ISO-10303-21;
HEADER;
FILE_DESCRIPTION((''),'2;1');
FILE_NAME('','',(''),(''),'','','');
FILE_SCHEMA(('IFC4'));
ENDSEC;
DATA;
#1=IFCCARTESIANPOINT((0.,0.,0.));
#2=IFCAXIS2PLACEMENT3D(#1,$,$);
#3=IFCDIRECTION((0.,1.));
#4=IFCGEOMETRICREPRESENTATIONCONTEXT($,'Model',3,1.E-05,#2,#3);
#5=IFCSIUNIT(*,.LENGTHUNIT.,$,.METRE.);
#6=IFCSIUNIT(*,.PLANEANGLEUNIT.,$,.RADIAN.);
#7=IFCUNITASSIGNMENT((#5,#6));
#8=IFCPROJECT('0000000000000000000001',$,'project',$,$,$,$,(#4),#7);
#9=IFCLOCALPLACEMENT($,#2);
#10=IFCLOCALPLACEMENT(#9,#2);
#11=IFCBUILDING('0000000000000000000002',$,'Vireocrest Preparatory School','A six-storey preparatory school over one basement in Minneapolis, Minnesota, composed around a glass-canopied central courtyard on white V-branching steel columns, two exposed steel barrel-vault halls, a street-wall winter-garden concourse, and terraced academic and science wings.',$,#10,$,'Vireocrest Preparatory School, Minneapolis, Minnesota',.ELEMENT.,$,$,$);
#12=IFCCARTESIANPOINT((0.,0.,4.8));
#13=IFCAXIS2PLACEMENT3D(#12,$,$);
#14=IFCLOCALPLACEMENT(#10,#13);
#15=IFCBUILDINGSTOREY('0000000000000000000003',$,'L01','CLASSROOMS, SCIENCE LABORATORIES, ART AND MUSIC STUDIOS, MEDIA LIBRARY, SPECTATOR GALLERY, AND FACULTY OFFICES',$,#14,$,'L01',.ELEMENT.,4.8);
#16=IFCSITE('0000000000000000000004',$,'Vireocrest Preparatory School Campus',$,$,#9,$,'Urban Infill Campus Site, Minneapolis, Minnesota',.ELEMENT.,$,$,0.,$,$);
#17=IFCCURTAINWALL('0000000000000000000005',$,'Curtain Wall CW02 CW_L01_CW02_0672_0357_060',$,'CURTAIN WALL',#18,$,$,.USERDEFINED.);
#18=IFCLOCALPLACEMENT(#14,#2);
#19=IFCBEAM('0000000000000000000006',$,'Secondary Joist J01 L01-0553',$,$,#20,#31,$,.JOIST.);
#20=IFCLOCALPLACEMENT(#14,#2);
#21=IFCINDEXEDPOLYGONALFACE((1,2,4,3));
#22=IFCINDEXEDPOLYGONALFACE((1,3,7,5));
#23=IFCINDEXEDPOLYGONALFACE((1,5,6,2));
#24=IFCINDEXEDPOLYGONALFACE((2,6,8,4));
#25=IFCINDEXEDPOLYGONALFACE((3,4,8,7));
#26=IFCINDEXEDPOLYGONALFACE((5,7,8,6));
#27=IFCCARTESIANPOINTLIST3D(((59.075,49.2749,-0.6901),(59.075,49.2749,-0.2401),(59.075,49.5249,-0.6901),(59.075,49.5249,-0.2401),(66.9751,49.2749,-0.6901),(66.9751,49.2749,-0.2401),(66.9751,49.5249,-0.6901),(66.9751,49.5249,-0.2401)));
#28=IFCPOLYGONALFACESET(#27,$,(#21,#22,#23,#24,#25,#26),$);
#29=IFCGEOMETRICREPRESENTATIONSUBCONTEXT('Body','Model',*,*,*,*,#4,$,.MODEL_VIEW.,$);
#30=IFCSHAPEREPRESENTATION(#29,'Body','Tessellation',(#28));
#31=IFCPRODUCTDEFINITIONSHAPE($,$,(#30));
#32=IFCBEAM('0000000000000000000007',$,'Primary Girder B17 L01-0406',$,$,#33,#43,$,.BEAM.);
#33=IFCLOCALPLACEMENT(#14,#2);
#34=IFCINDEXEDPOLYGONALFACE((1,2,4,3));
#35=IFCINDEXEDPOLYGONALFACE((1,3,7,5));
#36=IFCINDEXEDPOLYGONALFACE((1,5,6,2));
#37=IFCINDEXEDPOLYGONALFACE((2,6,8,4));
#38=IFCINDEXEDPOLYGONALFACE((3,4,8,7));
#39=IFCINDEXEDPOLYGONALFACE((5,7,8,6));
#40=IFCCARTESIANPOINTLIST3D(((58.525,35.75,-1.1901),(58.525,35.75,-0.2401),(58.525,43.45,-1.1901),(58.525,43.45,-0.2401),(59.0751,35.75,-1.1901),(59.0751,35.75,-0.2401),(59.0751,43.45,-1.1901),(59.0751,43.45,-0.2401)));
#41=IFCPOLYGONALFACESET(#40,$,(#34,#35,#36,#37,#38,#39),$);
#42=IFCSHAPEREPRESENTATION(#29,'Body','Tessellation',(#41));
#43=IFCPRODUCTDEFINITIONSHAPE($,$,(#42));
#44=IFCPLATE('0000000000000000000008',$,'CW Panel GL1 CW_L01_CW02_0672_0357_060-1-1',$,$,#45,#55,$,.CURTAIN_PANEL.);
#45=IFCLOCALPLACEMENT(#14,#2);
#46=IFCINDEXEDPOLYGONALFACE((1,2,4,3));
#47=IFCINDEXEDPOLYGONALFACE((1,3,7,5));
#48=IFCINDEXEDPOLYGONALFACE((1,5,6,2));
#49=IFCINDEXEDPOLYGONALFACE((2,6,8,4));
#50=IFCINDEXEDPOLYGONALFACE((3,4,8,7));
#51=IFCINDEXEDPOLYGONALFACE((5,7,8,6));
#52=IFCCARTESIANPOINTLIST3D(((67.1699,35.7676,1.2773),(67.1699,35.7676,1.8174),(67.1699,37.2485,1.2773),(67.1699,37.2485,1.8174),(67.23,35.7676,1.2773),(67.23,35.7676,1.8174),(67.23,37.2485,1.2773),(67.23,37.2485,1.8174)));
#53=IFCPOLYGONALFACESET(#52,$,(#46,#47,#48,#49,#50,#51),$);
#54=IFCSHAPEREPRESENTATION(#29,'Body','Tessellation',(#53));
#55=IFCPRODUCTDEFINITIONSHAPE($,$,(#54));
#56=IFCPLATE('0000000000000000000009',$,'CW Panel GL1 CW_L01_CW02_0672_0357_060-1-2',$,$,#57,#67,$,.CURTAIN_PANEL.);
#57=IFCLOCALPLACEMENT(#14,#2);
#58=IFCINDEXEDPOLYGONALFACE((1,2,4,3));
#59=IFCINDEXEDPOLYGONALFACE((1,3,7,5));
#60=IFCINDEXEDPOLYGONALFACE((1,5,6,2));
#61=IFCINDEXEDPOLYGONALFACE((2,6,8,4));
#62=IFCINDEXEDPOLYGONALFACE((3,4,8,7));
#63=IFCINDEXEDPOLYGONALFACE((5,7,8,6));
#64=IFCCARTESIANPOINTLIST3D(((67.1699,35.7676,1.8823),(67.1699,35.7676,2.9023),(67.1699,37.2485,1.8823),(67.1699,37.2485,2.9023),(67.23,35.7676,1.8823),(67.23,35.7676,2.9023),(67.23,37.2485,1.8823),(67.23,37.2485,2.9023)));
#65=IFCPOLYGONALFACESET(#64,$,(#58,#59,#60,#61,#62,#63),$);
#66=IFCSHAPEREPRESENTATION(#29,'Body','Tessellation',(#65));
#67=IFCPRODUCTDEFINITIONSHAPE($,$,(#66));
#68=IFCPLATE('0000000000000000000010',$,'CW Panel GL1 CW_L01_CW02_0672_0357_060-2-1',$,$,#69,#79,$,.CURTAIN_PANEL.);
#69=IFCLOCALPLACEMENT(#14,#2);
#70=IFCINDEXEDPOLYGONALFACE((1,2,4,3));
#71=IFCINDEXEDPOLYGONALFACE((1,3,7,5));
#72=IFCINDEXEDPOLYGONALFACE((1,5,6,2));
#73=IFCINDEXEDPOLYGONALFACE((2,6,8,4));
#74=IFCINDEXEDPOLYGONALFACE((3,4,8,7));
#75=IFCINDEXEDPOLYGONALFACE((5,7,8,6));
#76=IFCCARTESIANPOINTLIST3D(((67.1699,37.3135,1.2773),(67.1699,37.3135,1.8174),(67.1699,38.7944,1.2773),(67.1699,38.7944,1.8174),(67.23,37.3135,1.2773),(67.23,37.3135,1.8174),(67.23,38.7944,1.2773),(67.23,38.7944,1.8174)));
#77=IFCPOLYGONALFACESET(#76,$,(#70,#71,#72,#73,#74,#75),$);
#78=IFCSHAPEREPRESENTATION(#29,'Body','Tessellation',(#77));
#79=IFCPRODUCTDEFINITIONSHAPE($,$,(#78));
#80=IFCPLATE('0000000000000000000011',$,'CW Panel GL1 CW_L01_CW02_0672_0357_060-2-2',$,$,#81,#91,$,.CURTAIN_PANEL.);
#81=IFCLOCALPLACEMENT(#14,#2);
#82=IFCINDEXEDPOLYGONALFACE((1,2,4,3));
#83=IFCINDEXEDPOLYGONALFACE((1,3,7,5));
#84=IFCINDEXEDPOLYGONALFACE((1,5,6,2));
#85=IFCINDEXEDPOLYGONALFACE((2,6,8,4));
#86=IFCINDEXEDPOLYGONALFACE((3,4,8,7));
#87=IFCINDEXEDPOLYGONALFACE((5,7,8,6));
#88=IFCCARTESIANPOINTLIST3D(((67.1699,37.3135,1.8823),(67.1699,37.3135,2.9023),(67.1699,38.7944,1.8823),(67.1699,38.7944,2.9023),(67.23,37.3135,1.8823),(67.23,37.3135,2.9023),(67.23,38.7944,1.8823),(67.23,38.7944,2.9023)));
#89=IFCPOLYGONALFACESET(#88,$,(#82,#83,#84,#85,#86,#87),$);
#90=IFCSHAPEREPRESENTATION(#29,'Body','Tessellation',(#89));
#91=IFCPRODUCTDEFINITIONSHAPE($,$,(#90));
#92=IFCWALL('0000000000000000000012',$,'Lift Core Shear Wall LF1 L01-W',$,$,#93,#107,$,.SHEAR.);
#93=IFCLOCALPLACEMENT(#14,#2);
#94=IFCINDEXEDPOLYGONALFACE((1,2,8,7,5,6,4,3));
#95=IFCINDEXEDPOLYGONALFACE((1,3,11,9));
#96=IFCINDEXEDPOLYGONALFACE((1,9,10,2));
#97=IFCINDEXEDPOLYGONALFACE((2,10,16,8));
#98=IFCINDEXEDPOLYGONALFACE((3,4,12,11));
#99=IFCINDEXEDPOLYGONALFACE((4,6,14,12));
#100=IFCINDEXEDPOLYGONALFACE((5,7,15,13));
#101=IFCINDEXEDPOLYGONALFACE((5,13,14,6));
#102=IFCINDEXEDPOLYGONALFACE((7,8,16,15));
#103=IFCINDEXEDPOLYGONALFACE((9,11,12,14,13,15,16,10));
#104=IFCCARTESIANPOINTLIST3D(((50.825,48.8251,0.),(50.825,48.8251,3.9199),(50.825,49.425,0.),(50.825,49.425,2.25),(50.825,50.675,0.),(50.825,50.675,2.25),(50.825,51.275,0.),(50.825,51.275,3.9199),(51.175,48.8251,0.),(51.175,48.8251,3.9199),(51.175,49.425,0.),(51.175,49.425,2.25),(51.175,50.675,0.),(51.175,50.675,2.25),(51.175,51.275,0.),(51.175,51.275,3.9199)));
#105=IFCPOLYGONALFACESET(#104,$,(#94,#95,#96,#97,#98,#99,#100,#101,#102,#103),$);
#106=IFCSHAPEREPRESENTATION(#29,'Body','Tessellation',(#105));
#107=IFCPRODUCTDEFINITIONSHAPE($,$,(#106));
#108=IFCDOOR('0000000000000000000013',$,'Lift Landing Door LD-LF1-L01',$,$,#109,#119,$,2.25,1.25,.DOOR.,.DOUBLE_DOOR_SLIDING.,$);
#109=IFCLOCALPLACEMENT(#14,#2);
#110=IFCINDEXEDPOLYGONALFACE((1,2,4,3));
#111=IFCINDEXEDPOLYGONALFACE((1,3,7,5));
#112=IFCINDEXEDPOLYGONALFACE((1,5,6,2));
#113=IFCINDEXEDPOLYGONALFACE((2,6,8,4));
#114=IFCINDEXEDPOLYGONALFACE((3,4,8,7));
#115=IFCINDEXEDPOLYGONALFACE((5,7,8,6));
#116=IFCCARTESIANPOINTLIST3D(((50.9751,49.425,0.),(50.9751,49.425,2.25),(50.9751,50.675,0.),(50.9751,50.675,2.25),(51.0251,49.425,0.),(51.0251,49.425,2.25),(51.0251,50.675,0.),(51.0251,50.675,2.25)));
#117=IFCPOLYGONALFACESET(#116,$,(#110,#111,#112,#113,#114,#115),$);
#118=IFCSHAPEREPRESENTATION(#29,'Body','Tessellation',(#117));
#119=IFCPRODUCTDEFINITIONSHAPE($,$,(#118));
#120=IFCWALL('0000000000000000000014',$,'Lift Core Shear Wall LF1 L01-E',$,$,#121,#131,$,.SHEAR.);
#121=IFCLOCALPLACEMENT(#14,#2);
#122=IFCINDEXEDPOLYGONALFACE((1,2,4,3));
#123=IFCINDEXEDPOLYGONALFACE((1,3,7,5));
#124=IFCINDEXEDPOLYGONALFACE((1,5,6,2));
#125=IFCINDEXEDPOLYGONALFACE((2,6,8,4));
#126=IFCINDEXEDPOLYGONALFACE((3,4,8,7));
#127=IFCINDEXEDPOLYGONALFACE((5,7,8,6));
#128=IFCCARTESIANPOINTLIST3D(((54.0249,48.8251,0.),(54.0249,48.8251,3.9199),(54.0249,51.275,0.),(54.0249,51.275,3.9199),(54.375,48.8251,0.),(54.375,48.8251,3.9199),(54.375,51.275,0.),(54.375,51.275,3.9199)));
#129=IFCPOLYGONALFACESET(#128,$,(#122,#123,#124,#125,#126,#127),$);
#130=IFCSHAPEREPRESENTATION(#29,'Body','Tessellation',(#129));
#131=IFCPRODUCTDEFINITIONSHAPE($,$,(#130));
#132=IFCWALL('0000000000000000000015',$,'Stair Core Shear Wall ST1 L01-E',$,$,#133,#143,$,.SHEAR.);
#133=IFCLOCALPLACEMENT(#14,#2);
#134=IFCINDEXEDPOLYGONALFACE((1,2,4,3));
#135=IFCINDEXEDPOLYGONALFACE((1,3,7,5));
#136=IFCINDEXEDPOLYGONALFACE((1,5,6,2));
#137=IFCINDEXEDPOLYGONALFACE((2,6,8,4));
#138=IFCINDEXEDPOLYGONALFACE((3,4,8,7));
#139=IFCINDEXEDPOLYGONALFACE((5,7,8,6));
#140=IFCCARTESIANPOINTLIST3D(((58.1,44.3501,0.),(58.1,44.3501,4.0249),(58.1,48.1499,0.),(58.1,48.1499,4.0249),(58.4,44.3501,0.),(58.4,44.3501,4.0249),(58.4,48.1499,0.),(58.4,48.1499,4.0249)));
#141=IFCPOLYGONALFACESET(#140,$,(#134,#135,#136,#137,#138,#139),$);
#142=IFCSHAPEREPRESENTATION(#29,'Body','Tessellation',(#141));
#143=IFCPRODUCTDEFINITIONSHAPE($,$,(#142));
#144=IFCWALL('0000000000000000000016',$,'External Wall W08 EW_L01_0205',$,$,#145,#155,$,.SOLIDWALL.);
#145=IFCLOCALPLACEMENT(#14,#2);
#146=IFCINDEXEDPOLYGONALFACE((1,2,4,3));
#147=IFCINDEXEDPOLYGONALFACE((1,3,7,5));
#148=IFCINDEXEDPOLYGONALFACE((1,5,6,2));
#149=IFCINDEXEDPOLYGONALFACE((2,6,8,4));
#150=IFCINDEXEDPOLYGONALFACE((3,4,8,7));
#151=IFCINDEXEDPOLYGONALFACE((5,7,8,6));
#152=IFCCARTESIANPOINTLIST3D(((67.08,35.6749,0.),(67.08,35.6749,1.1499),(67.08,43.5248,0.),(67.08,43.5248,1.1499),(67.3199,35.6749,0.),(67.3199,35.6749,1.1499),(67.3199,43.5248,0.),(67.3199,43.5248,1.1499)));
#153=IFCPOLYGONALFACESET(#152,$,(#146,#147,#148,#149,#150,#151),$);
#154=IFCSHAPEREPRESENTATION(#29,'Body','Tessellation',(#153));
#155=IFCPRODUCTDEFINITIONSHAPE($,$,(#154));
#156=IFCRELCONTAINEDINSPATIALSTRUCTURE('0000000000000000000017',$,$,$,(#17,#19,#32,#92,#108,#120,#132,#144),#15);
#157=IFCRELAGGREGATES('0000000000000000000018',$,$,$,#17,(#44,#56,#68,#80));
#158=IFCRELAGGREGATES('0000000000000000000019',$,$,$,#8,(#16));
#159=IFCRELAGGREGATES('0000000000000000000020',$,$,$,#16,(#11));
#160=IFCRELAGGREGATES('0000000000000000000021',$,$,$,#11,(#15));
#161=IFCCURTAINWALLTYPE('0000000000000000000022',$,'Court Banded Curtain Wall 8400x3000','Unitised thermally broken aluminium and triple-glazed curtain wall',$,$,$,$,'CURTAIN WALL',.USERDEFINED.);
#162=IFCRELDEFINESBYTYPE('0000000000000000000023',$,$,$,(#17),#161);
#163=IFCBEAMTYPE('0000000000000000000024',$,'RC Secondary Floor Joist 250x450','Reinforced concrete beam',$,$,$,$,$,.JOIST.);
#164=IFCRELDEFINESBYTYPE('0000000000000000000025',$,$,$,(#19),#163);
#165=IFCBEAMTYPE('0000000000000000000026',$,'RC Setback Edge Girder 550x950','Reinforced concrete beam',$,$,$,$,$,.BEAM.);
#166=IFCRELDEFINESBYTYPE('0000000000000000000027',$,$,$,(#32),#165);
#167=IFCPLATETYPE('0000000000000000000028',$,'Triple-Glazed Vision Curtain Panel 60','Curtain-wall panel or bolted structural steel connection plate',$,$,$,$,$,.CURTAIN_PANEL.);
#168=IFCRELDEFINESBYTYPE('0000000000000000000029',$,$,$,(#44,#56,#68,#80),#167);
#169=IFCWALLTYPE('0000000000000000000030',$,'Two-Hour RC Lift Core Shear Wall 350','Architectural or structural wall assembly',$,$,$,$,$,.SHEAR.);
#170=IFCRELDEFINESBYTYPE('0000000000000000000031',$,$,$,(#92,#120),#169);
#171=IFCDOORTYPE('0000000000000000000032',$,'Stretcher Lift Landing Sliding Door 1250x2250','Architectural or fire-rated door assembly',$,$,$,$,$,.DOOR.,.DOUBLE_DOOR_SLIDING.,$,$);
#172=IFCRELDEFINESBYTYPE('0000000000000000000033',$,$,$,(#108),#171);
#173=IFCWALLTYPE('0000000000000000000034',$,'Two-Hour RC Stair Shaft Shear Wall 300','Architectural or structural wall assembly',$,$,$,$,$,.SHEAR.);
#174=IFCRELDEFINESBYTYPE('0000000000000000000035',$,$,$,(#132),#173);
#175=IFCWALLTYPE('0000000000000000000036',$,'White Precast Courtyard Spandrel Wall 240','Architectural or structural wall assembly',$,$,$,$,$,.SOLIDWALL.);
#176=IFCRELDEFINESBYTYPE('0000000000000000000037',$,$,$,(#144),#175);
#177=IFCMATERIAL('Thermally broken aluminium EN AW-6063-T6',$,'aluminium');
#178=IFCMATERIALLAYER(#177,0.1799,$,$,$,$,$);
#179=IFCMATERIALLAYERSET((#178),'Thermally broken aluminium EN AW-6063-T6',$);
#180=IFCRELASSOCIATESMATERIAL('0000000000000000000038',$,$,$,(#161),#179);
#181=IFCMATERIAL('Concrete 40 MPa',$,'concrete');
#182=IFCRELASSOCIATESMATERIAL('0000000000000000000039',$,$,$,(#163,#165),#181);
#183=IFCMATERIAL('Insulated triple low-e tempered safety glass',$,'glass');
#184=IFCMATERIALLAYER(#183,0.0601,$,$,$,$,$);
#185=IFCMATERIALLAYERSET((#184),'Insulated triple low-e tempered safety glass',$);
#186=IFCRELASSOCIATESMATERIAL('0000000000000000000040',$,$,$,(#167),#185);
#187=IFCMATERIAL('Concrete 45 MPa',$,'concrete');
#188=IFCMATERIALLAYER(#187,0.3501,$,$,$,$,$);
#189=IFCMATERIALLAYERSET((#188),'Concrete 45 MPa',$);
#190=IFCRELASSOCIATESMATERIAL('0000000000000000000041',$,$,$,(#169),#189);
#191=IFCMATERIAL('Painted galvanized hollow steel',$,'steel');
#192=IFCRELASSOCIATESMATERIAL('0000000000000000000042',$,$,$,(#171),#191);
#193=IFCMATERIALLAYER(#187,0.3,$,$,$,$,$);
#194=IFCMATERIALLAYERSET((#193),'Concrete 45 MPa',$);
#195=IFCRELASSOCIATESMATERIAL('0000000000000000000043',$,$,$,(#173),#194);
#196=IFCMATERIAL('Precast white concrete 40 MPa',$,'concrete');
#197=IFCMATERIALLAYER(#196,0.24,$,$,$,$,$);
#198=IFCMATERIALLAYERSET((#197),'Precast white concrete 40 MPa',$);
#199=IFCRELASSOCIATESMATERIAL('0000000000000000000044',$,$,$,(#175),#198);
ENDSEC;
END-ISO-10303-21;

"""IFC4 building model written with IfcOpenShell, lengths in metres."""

from ifc_helpers import new_model, si_unit, direction, frame, frame_2d, origin, origin_2d, place, context, subcontext, project, spatial, rectangle, extrude, material, layer, layer_set, material_profile, profile_set, type_object, element, fill, aggregate, save


model = new_model("IFC4")

# Units and contexts
model_context = context("Model", 3, precision=1e-05, world=origin(), true_north=direction((0.0, 1.0)))
body_context = subcontext(model_context, "Body", "Model", "MODEL_VIEW")
ifc_project = project(units=[si_unit("LENGTHUNIT", "METRE"), si_unit("PLANEANGLEUNIT", "RADIAN")], contexts=[model_context])

# Site, building, storey
site_placement = place(None, origin())
site = spatial("IfcSite", under=ifc_project, at=site_placement, Name="Vireocrest Preparatory School Campus", LongName="Urban Infill Campus Site, Minneapolis, Minnesota", CompositionType="ELEMENT", RefElevation=0.0)
building_placement = place(site_placement, origin())
building = spatial("IfcBuilding", under=site, at=building_placement, Name="Vireocrest Preparatory School", Description="A six-storey preparatory school over one basement in Minneapolis, Minnesota, composed around a glass-canopied central courtyard on white V-branching steel columns, two exposed steel barrel-vault halls, a street-wall winter-garden concourse, and terraced academic and science wings.", LongName="Vireocrest Preparatory School, Minneapolis, Minnesota", CompositionType="ELEMENT")
storey_placement = place(building_placement, frame((0.0, 0.0, 4.8)))
storey = spatial("IfcBuildingStorey", under=building, at=storey_placement, Name="L01", Description="CLASSROOMS, SCIENCE LABORATORIES, ART AND MUSIC STUDIOS, MEDIA LIBRARY, SPECTATOR GALLERY, AND FACULTY OFFICES", LongName="L01", CompositionType="ELEMENT", Elevation=4.8)

# Shared definitions
ifc_material_1 = material(Name="Concrete 45 MPa", Category="concrete")

# Curtain wall
ifc_material_2 = material(Name="Thermally broken aluminium EN AW-6063-T6", Category="aluminium")
ifc_layer_1 = layer(ifc_material_2, 0.1799)
ifc_layer_set_1 = layer_set([ifc_layer_1], Name="Thermally broken aluminium EN AW-6063-T6")
curtain_wall_type = type_object("IfcCurtainWallType", Name="Court Banded Curtain Wall 8400x3000", Description="Unitised thermally broken aluminium and triple-glazed curtain wall", ElementType="CURTAIN WALL", PredefinedType="USERDEFINED", material=ifc_layer_set_1)
curtain_wall_placement = place(storey_placement, origin())
curtain_wall = element("IfcCurtainWall", 1, at=curtain_wall_placement, inside=storey, type_object=curtain_wall_type, Name="Curtain Wall CW02 CW_L01_CW02_0672_0357_060", ObjectType="CURTAIN WALL", PredefinedType="USERDEFINED")

# Beams
ifc_material_3 = material(Name="Concrete 40 MPa", Category="concrete")
ifc_material_profile_1 = material_profile(ifc_material_3, rectangle(XDim=0.25, YDim=0.45, at=origin_2d()), Name="RC 250x450")
ifc_profile_set_1 = profile_set([ifc_material_profile_1], Name="Concrete 40 MPa")
beam_type_1 = type_object("IfcBeamType", Name="RC Secondary Floor Joist 250x450", Description="Reinforced concrete beam", PredefinedType="JOIST", material=ifc_profile_set_1)
for number, where, z_axis, x_axis, name in (
    (2, (59.075, 49.3999, -0.4651), (1.0, 0.0, 0.0), (0.0, 1.0, 0.0), "Secondary Joist J01 L01-0553"),
):
    element("IfcBeam", number, at=place(storey_placement, frame(where, z_axis=z_axis, x_axis=x_axis)), inside=storey, type_object=beam_type_1, Name=name, PredefinedType="JOIST", context=body_context, shape_type="SweptSolid", body=[
        extrude(rectangle(XDim=0.25, YDim=0.45, at=origin_2d()), origin(), (0.0, 0.0, 1.0), 7.9001),
    ])
ifc_material_profile_2 = material_profile(ifc_material_3, rectangle(XDim=0.55, YDim=0.95, at=origin_2d()), Name="RC 550x950")
ifc_profile_set_2 = profile_set([ifc_material_profile_2], Name="Concrete 40 MPa")
beam_type_2 = type_object("IfcBeamType", Name="RC Setback Edge Girder 550x950", Description="Reinforced concrete beam", PredefinedType="BEAM", material=ifc_profile_set_2)
beam_1_placement = place(storey_placement, frame((58.8, 35.75, -0.7151), z_axis=(0.0, 1.0, 0.0), x_axis=(-1.0, 0.0, 0.0)))
element("IfcBeam", 3, at=beam_1_placement, inside=storey, type_object=beam_type_2, Name="Primary Girder B17 L01-0406", PredefinedType="BEAM", context=body_context, shape_type="SweptSolid", body=[
    extrude(rectangle(XDim=0.55, YDim=0.95, at=origin_2d()), origin(), (0.0, 0.0, 1.0), 7.7),
])

# Plates
ifc_material_4 = material(Name="Insulated triple low-e tempered safety glass", Category="glass")
ifc_layer_2 = layer(ifc_material_4, 0.0601)
ifc_layer_set_2 = layer_set([ifc_layer_2], Name="Insulated triple low-e tempered safety glass")
plate_type = type_object("IfcPlateType", Name="Triple-Glazed Vision Curtain Panel 60", Description="Curtain-wall panel or bolted structural steel connection plate", PredefinedType="CURTAIN_PANEL", material=ifc_layer_set_2)
plate_1_placement = place(storey_placement, frame((67.2, 36.5081, 1.2773), z_axis=(0.0, 0.0, 1.0), x_axis=(0.0, 1.0, 0.0)))
plate_1 = element("IfcPlate", 4, at=plate_1_placement, type_object=plate_type, Name="CW Panel GL1 CW_L01_CW02_0672_0357_060-1-1", PredefinedType="CURTAIN_PANEL", context=body_context, shape_type="SweptSolid", body=[
    extrude(rectangle(XDim=1.481, YDim=0.0601, at=origin_2d()), origin(), (0.0, 0.0, 1.0), 0.54),
])
plate_2_placement = place(storey_placement, frame((67.2, 36.5081, 1.8823), z_axis=(0.0, 0.0, 1.0), x_axis=(0.0, 1.0, 0.0)))
plate_2 = element("IfcPlate", 5, at=plate_2_placement, type_object=plate_type, Name="CW Panel GL1 CW_L01_CW02_0672_0357_060-1-2", PredefinedType="CURTAIN_PANEL", context=body_context, shape_type="SweptSolid", body=[
    extrude(rectangle(XDim=1.481, YDim=0.0601, at=origin_2d()), origin(), (0.0, 0.0, 1.0), 1.02),
])
plate_3_placement = place(storey_placement, frame((67.2, 38.054, 1.2773), z_axis=(0.0, 0.0, 1.0), x_axis=(0.0, 1.0, 0.0)))
plate_3 = element("IfcPlate", 6, at=plate_3_placement, type_object=plate_type, Name="CW Panel GL1 CW_L01_CW02_0672_0357_060-2-1", PredefinedType="CURTAIN_PANEL", context=body_context, shape_type="SweptSolid", body=[
    extrude(rectangle(XDim=1.481, YDim=0.0601, at=origin_2d()), origin(), (0.0, 0.0, 1.0), 0.54),
])
plate_4_placement = place(storey_placement, frame((67.2, 38.054, 1.8823), z_axis=(0.0, 0.0, 1.0), x_axis=(0.0, 1.0, 0.0)))
plate_4 = element("IfcPlate", 7, at=plate_4_placement, type_object=plate_type, Name="CW Panel GL1 CW_L01_CW02_0672_0357_060-2-2", PredefinedType="CURTAIN_PANEL", context=body_context, shape_type="SweptSolid", body=[
    extrude(rectangle(XDim=1.481, YDim=0.0601, at=origin_2d()), origin(), (0.0, 0.0, 1.0), 1.02),
])
aggregate(curtain_wall, [plate_1, plate_2, plate_3, plate_4])

# Wall, opening, door
ifc_layer_3 = layer(ifc_material_1, 0.3501)
ifc_layer_set_3 = layer_set([ifc_layer_3], Name="Concrete 45 MPa")
wall_type_1 = type_object("IfcWallType", Name="Two-Hour RC Lift Core Shear Wall 350", Description="Architectural or structural wall assembly", PredefinedType="SHEAR", material=ifc_layer_set_3)
wall_1_placement = place(storey_placement, frame((51.0, 48.825, 0.0), z_axis=(0.0, 0.0, 1.0), x_axis=(0.0, 1.0, 0.0)))
wall_1 = element("IfcWall", 8, at=wall_1_placement, inside=storey, type_object=wall_type_1, Name="Lift Core Shear Wall LF1 L01-W", PredefinedType="SHEAR", context=body_context, shape_type="SweptSolid", body=[
    extrude(rectangle(XDim=2.45, YDim=0.3501, at=frame_2d((1.2251, 0.0))), origin(), (0.0, 0.0, 1.0), 3.9199),
])
opening_placement = place(wall_1_placement, frame((0.6001, 0.0, 0.0)))
opening = element("IfcOpeningElement", 9, at=opening_placement, cuts=wall_1, PredefinedType="OPENING", context=body_context, shape_type="SweptSolid", body=[
    extrude(rectangle(XDim=1.25, YDim=2.25, at=frame_2d((0.625, 1.125))), frame((0.0, 0.1851, 0.0), z_axis=(0.0, -1.0, 0.0), x_axis=(1.0, 0.0, 0.0)), (0.0, 0.0, 1.0), 0.3701),
])
ifc_material_5 = material(Name="Painted galvanized hollow steel", Category="steel")
door_type = type_object("IfcDoorType", Name="Stretcher Lift Landing Sliding Door 1250x2250", Description="Architectural or fire-rated door assembly", OperationType="DOUBLE_DOOR_SLIDING", PredefinedType="DOOR", material=ifc_material_5)
door_placement = place(opening_placement, origin())
door = element("IfcDoor", 10, at=door_placement, inside=storey, type_object=door_type, Name="Lift Landing Door LD-LF1-L01", OperationType="DOUBLE_DOOR_SLIDING", OverallHeight=2.25, OverallWidth=1.25, PredefinedType="DOOR", context=body_context, shape_type="SweptSolid", body=[
    extrude(rectangle(XDim=1.25, YDim=2.25, at=frame_2d((0.625, 1.125))), frame((0.0, 0.0249, 0.0), z_axis=(0.0, -1.0, 0.0), x_axis=(1.0, 0.0, 0.0)), (0.0, 0.0, 1.0), 0.05),
])
fill(opening, door)

# Walls
wall_2_placement = place(storey_placement, frame((54.2, 48.825, 0.0), z_axis=(0.0, 0.0, 1.0), x_axis=(0.0, 1.0, 0.0)))
element("IfcWall", 11, at=wall_2_placement, inside=storey, type_object=wall_type_1, Name="Lift Core Shear Wall LF1 L01-E", PredefinedType="SHEAR", context=body_context, shape_type="SweptSolid", body=[
    extrude(rectangle(XDim=2.45, YDim=0.3501, at=frame_2d((1.2251, 0.0))), origin(), (0.0, 0.0, 1.0), 3.9199),
])
ifc_layer_4 = layer(ifc_material_1, 0.3)
ifc_layer_set_4 = layer_set([ifc_layer_4], Name="Concrete 45 MPa")
wall_type_2 = type_object("IfcWallType", Name="Two-Hour RC Stair Shaft Shear Wall 300", Description="Architectural or structural wall assembly", PredefinedType="SHEAR", material=ifc_layer_set_4)
wall_3_placement = place(storey_placement, frame((58.25, 44.3501, 0.0), z_axis=(0.0, 0.0, 1.0), x_axis=(0.0, 1.0, 0.0)))
element("IfcWall", 12, at=wall_3_placement, inside=storey, type_object=wall_type_2, Name="Stair Core Shear Wall ST1 L01-E", PredefinedType="SHEAR", context=body_context, shape_type="SweptSolid", body=[
    extrude(rectangle(XDim=3.7998, YDim=0.3, at=frame_2d((1.8999, 0.0))), origin(), (0.0, 0.0, 1.0), 4.0249),
])
ifc_material_6 = material(Name="Precast white concrete 40 MPa", Category="concrete")
ifc_layer_5 = layer(ifc_material_6, 0.24)
ifc_layer_set_5 = layer_set([ifc_layer_5], Name="Precast white concrete 40 MPa")
wall_type_3 = type_object("IfcWallType", Name="White Precast Courtyard Spandrel Wall 240", Description="Architectural or structural wall assembly", PredefinedType="SOLIDWALL", material=ifc_layer_set_5)
wall_4_placement = place(storey_placement, frame((67.2, 35.675, 0.0), z_axis=(0.0, 0.0, 1.0), x_axis=(0.0, 1.0, 0.0)))
element("IfcWall", 13, at=wall_4_placement, inside=storey, type_object=wall_type_3, Name="External Wall W08 EW_L01_0205", PredefinedType="SOLIDWALL", context=body_context, shape_type="SweptSolid", body=[
    extrude(rectangle(XDim=7.8499, YDim=0.24, at=frame_2d((3.9248, 0.0))), origin(), (0.0, 0.0, 1.0), 1.1499),
])

save(model, "model.ifc")
